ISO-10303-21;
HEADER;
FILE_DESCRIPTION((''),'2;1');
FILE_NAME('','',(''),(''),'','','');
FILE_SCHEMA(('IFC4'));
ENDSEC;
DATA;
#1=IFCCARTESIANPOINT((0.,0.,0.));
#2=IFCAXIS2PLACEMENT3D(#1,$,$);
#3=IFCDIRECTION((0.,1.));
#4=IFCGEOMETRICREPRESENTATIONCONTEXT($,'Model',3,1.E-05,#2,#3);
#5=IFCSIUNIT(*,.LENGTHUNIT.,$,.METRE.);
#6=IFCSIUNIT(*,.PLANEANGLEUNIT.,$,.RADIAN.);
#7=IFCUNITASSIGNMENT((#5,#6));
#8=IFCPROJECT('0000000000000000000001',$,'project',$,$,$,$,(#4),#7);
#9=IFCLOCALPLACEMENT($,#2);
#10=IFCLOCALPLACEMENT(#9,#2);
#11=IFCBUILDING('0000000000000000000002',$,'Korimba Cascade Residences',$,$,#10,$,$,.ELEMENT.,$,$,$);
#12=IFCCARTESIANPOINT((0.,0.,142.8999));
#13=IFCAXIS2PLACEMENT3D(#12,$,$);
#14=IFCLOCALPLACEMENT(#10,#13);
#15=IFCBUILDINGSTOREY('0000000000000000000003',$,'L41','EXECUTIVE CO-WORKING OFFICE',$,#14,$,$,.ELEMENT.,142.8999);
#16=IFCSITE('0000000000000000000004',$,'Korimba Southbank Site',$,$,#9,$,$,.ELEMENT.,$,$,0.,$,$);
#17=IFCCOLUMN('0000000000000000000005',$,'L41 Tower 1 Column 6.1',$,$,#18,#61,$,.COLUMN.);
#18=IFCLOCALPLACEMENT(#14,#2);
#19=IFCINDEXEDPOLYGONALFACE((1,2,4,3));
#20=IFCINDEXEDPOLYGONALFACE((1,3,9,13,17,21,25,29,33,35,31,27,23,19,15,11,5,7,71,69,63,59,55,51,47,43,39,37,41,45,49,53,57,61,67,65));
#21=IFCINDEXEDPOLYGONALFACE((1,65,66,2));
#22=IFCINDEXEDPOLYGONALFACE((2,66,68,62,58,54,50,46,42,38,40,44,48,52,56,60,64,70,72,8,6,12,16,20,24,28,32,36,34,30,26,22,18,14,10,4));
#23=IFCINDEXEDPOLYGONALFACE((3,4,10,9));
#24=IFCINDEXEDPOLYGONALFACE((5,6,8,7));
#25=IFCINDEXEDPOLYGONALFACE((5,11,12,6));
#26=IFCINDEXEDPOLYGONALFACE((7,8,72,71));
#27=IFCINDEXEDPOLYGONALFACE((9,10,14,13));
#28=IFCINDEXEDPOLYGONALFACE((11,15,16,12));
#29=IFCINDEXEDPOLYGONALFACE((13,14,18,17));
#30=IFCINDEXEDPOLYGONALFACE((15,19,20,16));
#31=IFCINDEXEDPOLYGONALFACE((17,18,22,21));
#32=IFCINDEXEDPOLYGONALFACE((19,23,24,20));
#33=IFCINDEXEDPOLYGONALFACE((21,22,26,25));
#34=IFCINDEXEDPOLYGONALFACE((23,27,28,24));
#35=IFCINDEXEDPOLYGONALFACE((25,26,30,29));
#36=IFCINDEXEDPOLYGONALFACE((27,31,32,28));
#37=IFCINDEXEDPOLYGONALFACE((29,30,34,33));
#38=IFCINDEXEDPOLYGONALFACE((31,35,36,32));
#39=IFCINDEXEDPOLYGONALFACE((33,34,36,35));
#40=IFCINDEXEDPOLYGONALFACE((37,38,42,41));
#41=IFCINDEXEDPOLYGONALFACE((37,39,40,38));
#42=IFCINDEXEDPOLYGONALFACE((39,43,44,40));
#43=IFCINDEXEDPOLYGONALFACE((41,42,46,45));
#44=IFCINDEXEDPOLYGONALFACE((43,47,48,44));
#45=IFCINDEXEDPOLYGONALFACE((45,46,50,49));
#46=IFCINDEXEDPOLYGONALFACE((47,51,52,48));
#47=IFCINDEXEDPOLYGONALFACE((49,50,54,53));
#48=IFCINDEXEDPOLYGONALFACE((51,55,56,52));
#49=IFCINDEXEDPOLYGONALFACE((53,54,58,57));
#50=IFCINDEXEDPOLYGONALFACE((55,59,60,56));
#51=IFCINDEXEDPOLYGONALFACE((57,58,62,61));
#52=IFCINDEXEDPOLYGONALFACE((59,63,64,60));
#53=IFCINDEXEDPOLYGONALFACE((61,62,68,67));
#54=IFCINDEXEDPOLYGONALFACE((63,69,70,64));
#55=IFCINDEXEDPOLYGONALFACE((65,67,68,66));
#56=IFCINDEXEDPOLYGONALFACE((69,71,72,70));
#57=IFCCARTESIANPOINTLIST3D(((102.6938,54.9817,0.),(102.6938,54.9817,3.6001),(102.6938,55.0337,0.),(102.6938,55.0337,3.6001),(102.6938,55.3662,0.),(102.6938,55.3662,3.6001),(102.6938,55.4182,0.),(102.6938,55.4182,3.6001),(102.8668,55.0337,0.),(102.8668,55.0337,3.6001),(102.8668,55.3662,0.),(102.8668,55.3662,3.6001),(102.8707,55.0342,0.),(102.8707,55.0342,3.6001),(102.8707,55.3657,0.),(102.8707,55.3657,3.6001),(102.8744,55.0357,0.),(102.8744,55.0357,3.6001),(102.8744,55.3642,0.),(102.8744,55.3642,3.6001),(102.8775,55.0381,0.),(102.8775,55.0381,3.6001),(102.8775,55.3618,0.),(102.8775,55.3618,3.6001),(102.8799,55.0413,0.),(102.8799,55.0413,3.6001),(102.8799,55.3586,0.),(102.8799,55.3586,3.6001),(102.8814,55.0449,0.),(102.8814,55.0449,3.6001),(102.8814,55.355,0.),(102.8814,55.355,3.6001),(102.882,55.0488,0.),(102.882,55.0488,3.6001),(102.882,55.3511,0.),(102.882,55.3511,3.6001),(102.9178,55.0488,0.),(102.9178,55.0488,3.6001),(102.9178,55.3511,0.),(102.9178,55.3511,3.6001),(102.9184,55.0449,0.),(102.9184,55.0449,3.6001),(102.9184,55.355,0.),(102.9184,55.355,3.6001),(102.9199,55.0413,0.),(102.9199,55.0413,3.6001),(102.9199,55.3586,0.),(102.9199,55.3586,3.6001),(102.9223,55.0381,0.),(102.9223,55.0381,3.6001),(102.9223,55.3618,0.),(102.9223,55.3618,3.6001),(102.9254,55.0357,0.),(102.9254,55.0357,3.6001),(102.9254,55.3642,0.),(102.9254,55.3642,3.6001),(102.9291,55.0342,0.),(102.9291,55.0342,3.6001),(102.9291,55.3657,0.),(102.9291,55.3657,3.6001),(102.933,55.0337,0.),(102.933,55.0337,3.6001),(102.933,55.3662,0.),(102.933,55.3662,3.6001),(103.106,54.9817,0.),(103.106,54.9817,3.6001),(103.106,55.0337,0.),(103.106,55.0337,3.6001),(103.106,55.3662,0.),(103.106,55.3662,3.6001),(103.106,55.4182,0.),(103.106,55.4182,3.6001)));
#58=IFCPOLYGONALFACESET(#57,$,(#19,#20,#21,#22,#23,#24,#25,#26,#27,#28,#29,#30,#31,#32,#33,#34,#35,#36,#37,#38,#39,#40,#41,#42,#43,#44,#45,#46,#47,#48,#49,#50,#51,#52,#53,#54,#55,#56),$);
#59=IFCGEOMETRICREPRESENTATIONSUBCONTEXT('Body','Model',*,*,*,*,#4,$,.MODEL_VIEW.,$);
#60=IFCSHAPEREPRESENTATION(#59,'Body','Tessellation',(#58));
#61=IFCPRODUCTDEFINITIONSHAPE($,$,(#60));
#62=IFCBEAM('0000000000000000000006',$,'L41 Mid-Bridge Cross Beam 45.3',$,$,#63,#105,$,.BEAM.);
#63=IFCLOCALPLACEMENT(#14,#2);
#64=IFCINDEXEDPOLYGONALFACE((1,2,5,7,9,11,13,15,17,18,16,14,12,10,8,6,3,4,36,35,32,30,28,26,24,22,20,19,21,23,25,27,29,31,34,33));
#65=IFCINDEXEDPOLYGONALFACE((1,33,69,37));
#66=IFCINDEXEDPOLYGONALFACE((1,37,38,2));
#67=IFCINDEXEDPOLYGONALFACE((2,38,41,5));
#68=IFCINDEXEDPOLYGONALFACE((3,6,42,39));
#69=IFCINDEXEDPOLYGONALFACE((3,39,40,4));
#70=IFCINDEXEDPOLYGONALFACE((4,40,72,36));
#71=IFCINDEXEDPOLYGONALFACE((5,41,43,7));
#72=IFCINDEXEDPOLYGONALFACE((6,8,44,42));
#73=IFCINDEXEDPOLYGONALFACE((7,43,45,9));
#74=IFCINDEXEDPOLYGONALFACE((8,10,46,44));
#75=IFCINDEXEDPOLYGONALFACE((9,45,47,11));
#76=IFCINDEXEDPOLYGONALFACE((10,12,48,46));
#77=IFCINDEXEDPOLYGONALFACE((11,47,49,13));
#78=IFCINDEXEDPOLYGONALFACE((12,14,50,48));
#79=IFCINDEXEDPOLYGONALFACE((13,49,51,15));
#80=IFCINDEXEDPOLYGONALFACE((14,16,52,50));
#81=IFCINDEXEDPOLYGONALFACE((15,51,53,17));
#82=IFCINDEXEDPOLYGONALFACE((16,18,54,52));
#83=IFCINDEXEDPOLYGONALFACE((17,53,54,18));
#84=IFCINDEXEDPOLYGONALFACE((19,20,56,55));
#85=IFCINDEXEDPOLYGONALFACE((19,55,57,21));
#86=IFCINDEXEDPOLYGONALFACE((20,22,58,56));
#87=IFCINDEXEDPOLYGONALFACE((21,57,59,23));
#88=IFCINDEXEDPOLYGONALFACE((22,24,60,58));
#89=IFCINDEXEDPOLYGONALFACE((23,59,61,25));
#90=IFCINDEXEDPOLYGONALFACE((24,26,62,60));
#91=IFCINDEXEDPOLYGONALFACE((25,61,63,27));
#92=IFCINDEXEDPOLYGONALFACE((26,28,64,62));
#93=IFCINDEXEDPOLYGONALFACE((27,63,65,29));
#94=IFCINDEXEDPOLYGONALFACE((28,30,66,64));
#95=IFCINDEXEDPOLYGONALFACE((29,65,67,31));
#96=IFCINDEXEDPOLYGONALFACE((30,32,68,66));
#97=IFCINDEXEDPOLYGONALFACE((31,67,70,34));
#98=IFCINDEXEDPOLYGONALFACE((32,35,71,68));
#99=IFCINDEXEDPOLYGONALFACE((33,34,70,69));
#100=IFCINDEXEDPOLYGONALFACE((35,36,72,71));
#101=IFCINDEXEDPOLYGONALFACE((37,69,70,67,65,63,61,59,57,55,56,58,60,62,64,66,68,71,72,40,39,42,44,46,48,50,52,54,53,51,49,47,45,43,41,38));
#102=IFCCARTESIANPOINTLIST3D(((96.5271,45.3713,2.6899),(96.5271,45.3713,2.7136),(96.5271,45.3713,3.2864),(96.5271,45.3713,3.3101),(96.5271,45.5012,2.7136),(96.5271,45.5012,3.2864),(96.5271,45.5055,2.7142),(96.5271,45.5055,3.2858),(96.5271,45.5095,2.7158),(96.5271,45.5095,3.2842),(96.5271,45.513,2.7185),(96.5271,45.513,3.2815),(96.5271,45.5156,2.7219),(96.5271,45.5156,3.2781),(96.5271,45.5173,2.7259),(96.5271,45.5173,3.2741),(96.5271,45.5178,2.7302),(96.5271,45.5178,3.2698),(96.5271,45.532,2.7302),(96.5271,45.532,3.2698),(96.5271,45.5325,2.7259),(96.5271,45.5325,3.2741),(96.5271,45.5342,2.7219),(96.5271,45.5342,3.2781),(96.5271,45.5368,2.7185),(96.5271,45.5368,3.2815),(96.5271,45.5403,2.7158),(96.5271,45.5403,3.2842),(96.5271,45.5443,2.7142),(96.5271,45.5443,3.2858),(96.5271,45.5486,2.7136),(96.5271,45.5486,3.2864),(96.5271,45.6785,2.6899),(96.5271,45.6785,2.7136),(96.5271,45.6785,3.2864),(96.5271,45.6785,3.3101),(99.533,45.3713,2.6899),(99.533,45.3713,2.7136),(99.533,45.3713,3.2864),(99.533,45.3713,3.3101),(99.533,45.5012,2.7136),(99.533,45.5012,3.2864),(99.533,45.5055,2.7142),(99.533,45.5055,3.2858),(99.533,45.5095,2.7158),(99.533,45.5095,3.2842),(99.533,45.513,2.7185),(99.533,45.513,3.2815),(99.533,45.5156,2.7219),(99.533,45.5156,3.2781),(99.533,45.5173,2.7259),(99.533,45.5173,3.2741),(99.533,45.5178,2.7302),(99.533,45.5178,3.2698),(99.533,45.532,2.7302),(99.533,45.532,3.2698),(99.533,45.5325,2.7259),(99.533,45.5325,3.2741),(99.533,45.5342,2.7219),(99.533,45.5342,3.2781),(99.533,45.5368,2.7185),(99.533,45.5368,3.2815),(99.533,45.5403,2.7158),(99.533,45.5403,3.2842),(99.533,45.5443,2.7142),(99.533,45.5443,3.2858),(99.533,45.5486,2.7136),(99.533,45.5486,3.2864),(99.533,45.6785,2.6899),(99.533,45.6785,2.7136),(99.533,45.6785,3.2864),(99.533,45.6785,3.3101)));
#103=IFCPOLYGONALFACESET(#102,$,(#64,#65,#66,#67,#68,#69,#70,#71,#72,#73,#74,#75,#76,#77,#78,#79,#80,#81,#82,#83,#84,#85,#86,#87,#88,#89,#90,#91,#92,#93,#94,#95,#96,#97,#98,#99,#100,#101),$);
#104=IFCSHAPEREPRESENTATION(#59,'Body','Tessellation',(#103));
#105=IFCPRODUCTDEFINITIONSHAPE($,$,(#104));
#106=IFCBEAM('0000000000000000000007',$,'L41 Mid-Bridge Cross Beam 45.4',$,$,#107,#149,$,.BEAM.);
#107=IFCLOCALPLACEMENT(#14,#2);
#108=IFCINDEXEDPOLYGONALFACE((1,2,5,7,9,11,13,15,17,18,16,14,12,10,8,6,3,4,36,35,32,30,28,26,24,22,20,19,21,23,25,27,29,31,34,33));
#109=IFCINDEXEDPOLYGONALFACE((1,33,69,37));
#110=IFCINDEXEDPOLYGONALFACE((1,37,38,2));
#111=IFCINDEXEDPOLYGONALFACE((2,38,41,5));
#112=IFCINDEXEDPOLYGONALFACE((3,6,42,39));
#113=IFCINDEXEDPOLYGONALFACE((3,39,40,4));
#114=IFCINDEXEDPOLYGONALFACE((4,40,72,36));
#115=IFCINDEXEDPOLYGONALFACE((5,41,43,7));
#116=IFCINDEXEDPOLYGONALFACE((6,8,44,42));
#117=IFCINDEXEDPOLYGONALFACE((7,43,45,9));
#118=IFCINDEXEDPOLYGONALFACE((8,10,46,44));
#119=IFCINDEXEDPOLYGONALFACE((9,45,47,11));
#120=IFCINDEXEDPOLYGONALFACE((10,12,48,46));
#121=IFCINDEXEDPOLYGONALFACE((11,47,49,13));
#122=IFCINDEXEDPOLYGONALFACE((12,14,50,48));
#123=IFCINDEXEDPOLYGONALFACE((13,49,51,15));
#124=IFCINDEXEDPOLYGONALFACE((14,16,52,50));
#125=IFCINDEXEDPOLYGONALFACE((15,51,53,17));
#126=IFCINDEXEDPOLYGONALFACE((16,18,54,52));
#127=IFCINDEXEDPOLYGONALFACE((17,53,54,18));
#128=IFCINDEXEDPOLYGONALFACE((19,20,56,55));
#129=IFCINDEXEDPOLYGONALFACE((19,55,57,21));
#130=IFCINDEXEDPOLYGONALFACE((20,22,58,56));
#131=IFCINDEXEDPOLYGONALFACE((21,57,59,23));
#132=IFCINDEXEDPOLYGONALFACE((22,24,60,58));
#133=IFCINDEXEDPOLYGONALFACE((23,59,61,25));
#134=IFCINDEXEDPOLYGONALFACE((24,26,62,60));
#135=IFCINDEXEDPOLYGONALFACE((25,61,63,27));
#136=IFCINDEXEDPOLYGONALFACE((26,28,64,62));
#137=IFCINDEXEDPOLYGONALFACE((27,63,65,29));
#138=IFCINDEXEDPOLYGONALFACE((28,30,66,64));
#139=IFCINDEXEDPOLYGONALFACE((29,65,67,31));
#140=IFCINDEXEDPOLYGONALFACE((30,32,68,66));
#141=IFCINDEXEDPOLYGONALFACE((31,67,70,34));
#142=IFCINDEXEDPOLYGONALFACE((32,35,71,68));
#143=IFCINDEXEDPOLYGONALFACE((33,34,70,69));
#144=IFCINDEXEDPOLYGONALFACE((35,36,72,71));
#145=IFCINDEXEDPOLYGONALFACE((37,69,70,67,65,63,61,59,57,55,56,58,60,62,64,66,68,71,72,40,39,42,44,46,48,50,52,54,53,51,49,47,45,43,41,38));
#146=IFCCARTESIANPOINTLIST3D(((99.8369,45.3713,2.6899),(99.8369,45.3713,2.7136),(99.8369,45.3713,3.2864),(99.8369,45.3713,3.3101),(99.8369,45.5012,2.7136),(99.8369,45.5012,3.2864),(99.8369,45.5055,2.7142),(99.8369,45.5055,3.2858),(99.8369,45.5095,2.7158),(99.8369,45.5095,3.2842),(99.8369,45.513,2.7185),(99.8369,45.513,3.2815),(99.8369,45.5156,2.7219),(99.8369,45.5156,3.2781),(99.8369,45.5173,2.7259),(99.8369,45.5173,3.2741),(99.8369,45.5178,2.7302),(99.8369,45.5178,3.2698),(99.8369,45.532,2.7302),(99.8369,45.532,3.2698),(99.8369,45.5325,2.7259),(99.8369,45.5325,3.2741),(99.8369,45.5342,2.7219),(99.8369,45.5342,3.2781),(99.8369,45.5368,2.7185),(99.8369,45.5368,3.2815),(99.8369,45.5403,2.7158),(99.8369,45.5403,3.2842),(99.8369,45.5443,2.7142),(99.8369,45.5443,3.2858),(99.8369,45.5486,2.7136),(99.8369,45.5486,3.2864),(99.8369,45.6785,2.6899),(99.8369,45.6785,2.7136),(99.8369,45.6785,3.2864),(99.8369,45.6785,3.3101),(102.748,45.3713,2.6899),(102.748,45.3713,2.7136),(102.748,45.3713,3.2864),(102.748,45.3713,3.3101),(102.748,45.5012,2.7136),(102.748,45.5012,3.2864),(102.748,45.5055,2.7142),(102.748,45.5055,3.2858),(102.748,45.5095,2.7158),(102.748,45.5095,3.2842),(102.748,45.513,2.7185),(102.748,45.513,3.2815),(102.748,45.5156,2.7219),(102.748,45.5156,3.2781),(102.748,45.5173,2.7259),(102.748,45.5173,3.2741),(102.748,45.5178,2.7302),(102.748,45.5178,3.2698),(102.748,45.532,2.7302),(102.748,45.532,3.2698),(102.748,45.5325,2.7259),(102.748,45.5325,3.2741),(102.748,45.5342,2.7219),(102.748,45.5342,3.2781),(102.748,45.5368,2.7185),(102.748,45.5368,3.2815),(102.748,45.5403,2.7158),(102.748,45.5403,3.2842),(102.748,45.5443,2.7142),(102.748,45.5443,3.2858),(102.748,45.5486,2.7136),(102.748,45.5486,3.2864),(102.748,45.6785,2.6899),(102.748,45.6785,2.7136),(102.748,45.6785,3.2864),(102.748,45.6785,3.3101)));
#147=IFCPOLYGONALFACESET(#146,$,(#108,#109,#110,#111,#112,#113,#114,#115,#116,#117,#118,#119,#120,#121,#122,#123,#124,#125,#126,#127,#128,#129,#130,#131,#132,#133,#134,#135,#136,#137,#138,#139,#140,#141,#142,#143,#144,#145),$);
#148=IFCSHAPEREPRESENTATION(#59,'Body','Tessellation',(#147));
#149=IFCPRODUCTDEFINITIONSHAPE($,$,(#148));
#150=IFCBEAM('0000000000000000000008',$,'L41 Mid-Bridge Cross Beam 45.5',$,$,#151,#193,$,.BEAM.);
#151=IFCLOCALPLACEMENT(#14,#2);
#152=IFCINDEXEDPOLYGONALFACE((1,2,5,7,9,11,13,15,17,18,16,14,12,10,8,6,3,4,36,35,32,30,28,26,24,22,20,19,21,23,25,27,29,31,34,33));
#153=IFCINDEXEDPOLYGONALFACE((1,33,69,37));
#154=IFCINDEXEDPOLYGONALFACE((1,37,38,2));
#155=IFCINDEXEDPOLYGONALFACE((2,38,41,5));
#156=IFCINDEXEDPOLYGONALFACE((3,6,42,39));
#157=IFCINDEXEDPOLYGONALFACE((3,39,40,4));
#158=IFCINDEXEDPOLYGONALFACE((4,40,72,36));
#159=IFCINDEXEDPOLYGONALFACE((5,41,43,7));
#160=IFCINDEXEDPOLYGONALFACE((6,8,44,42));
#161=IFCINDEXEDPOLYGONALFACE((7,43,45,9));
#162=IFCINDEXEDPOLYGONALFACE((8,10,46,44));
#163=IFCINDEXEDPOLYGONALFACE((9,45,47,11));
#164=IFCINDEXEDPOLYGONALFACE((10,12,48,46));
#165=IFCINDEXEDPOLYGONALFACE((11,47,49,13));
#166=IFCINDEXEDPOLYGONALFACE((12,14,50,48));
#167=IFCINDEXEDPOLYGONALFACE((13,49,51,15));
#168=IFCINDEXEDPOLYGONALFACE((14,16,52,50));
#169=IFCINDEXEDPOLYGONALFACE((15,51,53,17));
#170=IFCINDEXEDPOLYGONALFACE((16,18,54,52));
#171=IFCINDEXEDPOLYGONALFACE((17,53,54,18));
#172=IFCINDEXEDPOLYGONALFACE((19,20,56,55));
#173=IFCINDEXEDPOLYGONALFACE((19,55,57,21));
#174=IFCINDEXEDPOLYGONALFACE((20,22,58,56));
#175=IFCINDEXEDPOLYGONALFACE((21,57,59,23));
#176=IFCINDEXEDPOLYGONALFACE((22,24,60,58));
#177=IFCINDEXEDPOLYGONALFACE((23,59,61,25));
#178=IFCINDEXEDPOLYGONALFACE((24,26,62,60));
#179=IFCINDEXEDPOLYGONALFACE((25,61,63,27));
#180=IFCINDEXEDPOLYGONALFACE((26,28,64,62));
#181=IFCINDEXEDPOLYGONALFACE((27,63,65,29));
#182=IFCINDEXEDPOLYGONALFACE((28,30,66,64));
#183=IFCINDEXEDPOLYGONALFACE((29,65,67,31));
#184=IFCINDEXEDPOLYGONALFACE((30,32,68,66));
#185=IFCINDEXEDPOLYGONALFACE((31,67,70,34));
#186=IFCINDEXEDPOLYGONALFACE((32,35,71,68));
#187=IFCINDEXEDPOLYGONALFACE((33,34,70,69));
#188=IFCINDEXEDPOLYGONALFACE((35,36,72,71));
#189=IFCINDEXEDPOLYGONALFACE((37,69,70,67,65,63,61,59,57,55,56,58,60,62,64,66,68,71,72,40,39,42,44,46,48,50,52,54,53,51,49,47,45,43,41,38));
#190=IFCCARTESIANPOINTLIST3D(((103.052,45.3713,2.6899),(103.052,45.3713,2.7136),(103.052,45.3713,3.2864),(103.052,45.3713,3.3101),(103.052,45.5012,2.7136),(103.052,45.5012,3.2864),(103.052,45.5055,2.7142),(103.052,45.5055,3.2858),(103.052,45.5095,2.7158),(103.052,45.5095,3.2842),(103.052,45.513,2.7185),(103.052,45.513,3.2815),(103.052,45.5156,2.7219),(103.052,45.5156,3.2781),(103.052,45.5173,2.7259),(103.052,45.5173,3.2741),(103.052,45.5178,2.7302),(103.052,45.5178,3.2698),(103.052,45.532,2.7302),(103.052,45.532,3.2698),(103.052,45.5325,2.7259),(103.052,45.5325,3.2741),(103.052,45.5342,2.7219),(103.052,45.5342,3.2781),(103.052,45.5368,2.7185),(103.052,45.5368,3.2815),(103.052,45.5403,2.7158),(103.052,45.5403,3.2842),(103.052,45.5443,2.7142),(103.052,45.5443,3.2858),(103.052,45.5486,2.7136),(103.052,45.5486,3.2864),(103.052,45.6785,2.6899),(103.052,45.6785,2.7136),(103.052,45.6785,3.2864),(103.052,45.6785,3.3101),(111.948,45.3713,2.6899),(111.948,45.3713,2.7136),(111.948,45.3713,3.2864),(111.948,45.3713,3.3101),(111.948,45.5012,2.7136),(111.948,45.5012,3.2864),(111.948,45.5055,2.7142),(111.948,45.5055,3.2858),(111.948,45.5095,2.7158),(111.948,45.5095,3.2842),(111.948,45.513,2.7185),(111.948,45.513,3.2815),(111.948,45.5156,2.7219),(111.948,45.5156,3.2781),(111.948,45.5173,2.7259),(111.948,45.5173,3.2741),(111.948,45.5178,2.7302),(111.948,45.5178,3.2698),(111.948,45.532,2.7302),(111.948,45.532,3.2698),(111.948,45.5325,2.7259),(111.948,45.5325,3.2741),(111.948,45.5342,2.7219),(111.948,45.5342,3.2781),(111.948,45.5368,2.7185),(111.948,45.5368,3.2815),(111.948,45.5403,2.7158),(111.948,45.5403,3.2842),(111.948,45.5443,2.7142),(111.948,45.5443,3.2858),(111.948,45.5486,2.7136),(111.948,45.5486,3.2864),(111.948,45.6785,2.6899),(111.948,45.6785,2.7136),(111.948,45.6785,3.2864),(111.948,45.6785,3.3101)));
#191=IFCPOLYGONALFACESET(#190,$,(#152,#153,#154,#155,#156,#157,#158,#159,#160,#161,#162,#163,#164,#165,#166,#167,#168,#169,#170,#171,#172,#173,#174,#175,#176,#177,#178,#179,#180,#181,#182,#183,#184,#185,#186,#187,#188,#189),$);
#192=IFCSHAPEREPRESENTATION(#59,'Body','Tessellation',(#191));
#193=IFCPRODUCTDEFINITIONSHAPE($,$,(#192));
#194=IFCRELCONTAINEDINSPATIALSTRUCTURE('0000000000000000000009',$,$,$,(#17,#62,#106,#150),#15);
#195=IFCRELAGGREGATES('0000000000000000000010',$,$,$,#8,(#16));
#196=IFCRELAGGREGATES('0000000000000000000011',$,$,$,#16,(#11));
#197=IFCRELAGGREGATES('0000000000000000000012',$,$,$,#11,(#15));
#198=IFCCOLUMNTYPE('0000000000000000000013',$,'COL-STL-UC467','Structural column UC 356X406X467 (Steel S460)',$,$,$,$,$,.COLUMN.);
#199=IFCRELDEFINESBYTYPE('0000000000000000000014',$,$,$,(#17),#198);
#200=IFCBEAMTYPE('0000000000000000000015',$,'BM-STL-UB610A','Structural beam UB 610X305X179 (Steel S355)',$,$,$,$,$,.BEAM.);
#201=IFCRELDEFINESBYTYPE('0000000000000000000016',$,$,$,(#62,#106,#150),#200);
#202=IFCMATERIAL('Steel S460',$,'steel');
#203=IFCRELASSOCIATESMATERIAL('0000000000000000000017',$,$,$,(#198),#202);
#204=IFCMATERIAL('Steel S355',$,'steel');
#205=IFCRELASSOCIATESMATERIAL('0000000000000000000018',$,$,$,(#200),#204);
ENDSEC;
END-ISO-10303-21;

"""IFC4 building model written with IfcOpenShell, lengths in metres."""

from ifc_helpers import new_model, si_unit, direction, frame, origin, origin_2d, place, context, subcontext, project, spatial, i_section, extrude, material, material_profile, profile_set, type_object, element, save


model = new_model("IFC4")

# Units and contexts
model_context = context("Model", 3, precision=1e-05, world=origin(), true_north=direction((0.0, 1.0)))
body_context = subcontext(model_context, "Body", "Model", "MODEL_VIEW")
ifc_project = project(units=[si_unit("LENGTHUNIT", "METRE"), si_unit("PLANEANGLEUNIT", "RADIAN")], contexts=[model_context])

# Site, building, storey
site_placement = place(None, origin())
site = spatial("IfcSite", under=ifc_project, at=site_placement, Name="Korimba Southbank Site", CompositionType="ELEMENT", RefElevation=0.0)
building_placement = place(site_placement, origin())
building = spatial("IfcBuilding", under=site, at=building_placement, Name="Korimba Cascade Residences", CompositionType="ELEMENT")
storey_placement = place(building_placement, frame((0.0, 0.0, 142.8999)))
storey = spatial("IfcBuildingStorey", under=building, at=storey_placement, Name="L41", Description="EXECUTIVE CO-WORKING OFFICE", CompositionType="ELEMENT", Elevation=142.8999)

# Column
ifc_material_1 = material(Name="Steel S460", Category="steel")
ifc_material_profile_1 = material_profile(ifc_material_1, i_section(OverallWidth=0.4121, OverallDepth=0.4365, WebThickness=0.0359, FlangeThickness=0.052, FilletRadius=0.0151, at=origin_2d()), Name="Steel S460")
ifc_profile_set_1 = profile_set([ifc_material_profile_1], Name="Steel S460")
column_type = type_object("IfcColumnType", Name="COL-STL-UC467", Description="Structural column UC 356X406X467 (Steel S460)", PredefinedType="COLUMN", material=ifc_profile_set_1)
column_placement = place(storey_placement, frame((102.8999, 55.2, 0.0), z_axis=(0.0, 0.0, 1.0), x_axis=(1.0, 0.0, 0.0)))
element("IfcColumn", 1, at=column_placement, inside=storey, type_object=column_type, Name="L41 Tower 1 Column 6.1", PredefinedType="COLUMN", context=body_context, shape_type="SweptSolid", body=[
    extrude(i_section(OverallWidth=0.4121, OverallDepth=0.4365, WebThickness=0.0359, FlangeThickness=0.052, FilletRadius=0.0151, at=origin_2d()), origin(), (0.0, 0.0, 1.0), 3.6001),
])

# Beams
ifc_material_2 = material(Name="Steel S355", Category="steel")
ifc_material_profile_2 = material_profile(ifc_material_2, i_section(OverallWidth=0.3071, OverallDepth=0.6201, WebThickness=0.0142, FlangeThickness=0.0237, FilletRadius=0.0166, at=origin_2d()), Name="Steel S355")
ifc_profile_set_2 = profile_set([ifc_material_profile_2], Name="Steel S355")
beam_type_1 = type_object("IfcBeamType", Name="BM-STL-UB610A", Description="Structural beam UB 610X305X179 (Steel S355)", PredefinedType="BEAM", material=ifc_profile_set_2)
beam_1_placement = place(storey_placement, frame((96.5271, 45.5249, 3.0), z_axis=(1.0, 0.0, 0.0), x_axis=(0.0, 1.0, 0.0)))
element("IfcBeam", 2, at=beam_1_placement, inside=storey, type_object=beam_type_1, Name="L41 Mid-Bridge Cross Beam 45.3", PredefinedType="BEAM", context=body_context, shape_type="SweptSolid", body=[
    extrude(i_section(OverallWidth=0.3071, OverallDepth=0.6201, WebThickness=0.0142, FlangeThickness=0.0237, FilletRadius=0.0166, at=origin_2d()), origin(), (0.0, 0.0, 1.0), 3.0059),
])
beam_2_placement = place(storey_placement, frame((99.8369, 45.5249, 3.0), z_axis=(1.0, 0.0, 0.0), x_axis=(0.0, 1.0, 0.0)))
element("IfcBeam", 3, at=beam_2_placement, inside=storey, type_object=beam_type_1, Name="L41 Mid-Bridge Cross Beam 45.4", PredefinedType="BEAM", context=body_context, shape_type="SweptSolid", body=[
    extrude(i_section(OverallWidth=0.3071, OverallDepth=0.6201, WebThickness=0.0142, FlangeThickness=0.0237, FilletRadius=0.0166, at=origin_2d()), origin(), (0.0, 0.0, 1.0), 2.9111),
])
beam_3_placement = place(storey_placement, frame((103.052, 45.5249, 3.0), z_axis=(1.0, 0.0, 0.0), x_axis=(0.0, 1.0, 0.0)))
element("IfcBeam", 4, at=beam_3_placement, inside=storey, type_object=beam_type_1, Name="L41 Mid-Bridge Cross Beam 45.5", PredefinedType="BEAM", context=body_context, shape_type="SweptSolid", body=[
    extrude(i_section(OverallWidth=0.3071, OverallDepth=0.6201, WebThickness=0.0142, FlangeThickness=0.0237, FilletRadius=0.0166, at=origin_2d()), origin(), (0.0, 0.0, 1.0), 8.896),
])

save(model, "model.ifc")
